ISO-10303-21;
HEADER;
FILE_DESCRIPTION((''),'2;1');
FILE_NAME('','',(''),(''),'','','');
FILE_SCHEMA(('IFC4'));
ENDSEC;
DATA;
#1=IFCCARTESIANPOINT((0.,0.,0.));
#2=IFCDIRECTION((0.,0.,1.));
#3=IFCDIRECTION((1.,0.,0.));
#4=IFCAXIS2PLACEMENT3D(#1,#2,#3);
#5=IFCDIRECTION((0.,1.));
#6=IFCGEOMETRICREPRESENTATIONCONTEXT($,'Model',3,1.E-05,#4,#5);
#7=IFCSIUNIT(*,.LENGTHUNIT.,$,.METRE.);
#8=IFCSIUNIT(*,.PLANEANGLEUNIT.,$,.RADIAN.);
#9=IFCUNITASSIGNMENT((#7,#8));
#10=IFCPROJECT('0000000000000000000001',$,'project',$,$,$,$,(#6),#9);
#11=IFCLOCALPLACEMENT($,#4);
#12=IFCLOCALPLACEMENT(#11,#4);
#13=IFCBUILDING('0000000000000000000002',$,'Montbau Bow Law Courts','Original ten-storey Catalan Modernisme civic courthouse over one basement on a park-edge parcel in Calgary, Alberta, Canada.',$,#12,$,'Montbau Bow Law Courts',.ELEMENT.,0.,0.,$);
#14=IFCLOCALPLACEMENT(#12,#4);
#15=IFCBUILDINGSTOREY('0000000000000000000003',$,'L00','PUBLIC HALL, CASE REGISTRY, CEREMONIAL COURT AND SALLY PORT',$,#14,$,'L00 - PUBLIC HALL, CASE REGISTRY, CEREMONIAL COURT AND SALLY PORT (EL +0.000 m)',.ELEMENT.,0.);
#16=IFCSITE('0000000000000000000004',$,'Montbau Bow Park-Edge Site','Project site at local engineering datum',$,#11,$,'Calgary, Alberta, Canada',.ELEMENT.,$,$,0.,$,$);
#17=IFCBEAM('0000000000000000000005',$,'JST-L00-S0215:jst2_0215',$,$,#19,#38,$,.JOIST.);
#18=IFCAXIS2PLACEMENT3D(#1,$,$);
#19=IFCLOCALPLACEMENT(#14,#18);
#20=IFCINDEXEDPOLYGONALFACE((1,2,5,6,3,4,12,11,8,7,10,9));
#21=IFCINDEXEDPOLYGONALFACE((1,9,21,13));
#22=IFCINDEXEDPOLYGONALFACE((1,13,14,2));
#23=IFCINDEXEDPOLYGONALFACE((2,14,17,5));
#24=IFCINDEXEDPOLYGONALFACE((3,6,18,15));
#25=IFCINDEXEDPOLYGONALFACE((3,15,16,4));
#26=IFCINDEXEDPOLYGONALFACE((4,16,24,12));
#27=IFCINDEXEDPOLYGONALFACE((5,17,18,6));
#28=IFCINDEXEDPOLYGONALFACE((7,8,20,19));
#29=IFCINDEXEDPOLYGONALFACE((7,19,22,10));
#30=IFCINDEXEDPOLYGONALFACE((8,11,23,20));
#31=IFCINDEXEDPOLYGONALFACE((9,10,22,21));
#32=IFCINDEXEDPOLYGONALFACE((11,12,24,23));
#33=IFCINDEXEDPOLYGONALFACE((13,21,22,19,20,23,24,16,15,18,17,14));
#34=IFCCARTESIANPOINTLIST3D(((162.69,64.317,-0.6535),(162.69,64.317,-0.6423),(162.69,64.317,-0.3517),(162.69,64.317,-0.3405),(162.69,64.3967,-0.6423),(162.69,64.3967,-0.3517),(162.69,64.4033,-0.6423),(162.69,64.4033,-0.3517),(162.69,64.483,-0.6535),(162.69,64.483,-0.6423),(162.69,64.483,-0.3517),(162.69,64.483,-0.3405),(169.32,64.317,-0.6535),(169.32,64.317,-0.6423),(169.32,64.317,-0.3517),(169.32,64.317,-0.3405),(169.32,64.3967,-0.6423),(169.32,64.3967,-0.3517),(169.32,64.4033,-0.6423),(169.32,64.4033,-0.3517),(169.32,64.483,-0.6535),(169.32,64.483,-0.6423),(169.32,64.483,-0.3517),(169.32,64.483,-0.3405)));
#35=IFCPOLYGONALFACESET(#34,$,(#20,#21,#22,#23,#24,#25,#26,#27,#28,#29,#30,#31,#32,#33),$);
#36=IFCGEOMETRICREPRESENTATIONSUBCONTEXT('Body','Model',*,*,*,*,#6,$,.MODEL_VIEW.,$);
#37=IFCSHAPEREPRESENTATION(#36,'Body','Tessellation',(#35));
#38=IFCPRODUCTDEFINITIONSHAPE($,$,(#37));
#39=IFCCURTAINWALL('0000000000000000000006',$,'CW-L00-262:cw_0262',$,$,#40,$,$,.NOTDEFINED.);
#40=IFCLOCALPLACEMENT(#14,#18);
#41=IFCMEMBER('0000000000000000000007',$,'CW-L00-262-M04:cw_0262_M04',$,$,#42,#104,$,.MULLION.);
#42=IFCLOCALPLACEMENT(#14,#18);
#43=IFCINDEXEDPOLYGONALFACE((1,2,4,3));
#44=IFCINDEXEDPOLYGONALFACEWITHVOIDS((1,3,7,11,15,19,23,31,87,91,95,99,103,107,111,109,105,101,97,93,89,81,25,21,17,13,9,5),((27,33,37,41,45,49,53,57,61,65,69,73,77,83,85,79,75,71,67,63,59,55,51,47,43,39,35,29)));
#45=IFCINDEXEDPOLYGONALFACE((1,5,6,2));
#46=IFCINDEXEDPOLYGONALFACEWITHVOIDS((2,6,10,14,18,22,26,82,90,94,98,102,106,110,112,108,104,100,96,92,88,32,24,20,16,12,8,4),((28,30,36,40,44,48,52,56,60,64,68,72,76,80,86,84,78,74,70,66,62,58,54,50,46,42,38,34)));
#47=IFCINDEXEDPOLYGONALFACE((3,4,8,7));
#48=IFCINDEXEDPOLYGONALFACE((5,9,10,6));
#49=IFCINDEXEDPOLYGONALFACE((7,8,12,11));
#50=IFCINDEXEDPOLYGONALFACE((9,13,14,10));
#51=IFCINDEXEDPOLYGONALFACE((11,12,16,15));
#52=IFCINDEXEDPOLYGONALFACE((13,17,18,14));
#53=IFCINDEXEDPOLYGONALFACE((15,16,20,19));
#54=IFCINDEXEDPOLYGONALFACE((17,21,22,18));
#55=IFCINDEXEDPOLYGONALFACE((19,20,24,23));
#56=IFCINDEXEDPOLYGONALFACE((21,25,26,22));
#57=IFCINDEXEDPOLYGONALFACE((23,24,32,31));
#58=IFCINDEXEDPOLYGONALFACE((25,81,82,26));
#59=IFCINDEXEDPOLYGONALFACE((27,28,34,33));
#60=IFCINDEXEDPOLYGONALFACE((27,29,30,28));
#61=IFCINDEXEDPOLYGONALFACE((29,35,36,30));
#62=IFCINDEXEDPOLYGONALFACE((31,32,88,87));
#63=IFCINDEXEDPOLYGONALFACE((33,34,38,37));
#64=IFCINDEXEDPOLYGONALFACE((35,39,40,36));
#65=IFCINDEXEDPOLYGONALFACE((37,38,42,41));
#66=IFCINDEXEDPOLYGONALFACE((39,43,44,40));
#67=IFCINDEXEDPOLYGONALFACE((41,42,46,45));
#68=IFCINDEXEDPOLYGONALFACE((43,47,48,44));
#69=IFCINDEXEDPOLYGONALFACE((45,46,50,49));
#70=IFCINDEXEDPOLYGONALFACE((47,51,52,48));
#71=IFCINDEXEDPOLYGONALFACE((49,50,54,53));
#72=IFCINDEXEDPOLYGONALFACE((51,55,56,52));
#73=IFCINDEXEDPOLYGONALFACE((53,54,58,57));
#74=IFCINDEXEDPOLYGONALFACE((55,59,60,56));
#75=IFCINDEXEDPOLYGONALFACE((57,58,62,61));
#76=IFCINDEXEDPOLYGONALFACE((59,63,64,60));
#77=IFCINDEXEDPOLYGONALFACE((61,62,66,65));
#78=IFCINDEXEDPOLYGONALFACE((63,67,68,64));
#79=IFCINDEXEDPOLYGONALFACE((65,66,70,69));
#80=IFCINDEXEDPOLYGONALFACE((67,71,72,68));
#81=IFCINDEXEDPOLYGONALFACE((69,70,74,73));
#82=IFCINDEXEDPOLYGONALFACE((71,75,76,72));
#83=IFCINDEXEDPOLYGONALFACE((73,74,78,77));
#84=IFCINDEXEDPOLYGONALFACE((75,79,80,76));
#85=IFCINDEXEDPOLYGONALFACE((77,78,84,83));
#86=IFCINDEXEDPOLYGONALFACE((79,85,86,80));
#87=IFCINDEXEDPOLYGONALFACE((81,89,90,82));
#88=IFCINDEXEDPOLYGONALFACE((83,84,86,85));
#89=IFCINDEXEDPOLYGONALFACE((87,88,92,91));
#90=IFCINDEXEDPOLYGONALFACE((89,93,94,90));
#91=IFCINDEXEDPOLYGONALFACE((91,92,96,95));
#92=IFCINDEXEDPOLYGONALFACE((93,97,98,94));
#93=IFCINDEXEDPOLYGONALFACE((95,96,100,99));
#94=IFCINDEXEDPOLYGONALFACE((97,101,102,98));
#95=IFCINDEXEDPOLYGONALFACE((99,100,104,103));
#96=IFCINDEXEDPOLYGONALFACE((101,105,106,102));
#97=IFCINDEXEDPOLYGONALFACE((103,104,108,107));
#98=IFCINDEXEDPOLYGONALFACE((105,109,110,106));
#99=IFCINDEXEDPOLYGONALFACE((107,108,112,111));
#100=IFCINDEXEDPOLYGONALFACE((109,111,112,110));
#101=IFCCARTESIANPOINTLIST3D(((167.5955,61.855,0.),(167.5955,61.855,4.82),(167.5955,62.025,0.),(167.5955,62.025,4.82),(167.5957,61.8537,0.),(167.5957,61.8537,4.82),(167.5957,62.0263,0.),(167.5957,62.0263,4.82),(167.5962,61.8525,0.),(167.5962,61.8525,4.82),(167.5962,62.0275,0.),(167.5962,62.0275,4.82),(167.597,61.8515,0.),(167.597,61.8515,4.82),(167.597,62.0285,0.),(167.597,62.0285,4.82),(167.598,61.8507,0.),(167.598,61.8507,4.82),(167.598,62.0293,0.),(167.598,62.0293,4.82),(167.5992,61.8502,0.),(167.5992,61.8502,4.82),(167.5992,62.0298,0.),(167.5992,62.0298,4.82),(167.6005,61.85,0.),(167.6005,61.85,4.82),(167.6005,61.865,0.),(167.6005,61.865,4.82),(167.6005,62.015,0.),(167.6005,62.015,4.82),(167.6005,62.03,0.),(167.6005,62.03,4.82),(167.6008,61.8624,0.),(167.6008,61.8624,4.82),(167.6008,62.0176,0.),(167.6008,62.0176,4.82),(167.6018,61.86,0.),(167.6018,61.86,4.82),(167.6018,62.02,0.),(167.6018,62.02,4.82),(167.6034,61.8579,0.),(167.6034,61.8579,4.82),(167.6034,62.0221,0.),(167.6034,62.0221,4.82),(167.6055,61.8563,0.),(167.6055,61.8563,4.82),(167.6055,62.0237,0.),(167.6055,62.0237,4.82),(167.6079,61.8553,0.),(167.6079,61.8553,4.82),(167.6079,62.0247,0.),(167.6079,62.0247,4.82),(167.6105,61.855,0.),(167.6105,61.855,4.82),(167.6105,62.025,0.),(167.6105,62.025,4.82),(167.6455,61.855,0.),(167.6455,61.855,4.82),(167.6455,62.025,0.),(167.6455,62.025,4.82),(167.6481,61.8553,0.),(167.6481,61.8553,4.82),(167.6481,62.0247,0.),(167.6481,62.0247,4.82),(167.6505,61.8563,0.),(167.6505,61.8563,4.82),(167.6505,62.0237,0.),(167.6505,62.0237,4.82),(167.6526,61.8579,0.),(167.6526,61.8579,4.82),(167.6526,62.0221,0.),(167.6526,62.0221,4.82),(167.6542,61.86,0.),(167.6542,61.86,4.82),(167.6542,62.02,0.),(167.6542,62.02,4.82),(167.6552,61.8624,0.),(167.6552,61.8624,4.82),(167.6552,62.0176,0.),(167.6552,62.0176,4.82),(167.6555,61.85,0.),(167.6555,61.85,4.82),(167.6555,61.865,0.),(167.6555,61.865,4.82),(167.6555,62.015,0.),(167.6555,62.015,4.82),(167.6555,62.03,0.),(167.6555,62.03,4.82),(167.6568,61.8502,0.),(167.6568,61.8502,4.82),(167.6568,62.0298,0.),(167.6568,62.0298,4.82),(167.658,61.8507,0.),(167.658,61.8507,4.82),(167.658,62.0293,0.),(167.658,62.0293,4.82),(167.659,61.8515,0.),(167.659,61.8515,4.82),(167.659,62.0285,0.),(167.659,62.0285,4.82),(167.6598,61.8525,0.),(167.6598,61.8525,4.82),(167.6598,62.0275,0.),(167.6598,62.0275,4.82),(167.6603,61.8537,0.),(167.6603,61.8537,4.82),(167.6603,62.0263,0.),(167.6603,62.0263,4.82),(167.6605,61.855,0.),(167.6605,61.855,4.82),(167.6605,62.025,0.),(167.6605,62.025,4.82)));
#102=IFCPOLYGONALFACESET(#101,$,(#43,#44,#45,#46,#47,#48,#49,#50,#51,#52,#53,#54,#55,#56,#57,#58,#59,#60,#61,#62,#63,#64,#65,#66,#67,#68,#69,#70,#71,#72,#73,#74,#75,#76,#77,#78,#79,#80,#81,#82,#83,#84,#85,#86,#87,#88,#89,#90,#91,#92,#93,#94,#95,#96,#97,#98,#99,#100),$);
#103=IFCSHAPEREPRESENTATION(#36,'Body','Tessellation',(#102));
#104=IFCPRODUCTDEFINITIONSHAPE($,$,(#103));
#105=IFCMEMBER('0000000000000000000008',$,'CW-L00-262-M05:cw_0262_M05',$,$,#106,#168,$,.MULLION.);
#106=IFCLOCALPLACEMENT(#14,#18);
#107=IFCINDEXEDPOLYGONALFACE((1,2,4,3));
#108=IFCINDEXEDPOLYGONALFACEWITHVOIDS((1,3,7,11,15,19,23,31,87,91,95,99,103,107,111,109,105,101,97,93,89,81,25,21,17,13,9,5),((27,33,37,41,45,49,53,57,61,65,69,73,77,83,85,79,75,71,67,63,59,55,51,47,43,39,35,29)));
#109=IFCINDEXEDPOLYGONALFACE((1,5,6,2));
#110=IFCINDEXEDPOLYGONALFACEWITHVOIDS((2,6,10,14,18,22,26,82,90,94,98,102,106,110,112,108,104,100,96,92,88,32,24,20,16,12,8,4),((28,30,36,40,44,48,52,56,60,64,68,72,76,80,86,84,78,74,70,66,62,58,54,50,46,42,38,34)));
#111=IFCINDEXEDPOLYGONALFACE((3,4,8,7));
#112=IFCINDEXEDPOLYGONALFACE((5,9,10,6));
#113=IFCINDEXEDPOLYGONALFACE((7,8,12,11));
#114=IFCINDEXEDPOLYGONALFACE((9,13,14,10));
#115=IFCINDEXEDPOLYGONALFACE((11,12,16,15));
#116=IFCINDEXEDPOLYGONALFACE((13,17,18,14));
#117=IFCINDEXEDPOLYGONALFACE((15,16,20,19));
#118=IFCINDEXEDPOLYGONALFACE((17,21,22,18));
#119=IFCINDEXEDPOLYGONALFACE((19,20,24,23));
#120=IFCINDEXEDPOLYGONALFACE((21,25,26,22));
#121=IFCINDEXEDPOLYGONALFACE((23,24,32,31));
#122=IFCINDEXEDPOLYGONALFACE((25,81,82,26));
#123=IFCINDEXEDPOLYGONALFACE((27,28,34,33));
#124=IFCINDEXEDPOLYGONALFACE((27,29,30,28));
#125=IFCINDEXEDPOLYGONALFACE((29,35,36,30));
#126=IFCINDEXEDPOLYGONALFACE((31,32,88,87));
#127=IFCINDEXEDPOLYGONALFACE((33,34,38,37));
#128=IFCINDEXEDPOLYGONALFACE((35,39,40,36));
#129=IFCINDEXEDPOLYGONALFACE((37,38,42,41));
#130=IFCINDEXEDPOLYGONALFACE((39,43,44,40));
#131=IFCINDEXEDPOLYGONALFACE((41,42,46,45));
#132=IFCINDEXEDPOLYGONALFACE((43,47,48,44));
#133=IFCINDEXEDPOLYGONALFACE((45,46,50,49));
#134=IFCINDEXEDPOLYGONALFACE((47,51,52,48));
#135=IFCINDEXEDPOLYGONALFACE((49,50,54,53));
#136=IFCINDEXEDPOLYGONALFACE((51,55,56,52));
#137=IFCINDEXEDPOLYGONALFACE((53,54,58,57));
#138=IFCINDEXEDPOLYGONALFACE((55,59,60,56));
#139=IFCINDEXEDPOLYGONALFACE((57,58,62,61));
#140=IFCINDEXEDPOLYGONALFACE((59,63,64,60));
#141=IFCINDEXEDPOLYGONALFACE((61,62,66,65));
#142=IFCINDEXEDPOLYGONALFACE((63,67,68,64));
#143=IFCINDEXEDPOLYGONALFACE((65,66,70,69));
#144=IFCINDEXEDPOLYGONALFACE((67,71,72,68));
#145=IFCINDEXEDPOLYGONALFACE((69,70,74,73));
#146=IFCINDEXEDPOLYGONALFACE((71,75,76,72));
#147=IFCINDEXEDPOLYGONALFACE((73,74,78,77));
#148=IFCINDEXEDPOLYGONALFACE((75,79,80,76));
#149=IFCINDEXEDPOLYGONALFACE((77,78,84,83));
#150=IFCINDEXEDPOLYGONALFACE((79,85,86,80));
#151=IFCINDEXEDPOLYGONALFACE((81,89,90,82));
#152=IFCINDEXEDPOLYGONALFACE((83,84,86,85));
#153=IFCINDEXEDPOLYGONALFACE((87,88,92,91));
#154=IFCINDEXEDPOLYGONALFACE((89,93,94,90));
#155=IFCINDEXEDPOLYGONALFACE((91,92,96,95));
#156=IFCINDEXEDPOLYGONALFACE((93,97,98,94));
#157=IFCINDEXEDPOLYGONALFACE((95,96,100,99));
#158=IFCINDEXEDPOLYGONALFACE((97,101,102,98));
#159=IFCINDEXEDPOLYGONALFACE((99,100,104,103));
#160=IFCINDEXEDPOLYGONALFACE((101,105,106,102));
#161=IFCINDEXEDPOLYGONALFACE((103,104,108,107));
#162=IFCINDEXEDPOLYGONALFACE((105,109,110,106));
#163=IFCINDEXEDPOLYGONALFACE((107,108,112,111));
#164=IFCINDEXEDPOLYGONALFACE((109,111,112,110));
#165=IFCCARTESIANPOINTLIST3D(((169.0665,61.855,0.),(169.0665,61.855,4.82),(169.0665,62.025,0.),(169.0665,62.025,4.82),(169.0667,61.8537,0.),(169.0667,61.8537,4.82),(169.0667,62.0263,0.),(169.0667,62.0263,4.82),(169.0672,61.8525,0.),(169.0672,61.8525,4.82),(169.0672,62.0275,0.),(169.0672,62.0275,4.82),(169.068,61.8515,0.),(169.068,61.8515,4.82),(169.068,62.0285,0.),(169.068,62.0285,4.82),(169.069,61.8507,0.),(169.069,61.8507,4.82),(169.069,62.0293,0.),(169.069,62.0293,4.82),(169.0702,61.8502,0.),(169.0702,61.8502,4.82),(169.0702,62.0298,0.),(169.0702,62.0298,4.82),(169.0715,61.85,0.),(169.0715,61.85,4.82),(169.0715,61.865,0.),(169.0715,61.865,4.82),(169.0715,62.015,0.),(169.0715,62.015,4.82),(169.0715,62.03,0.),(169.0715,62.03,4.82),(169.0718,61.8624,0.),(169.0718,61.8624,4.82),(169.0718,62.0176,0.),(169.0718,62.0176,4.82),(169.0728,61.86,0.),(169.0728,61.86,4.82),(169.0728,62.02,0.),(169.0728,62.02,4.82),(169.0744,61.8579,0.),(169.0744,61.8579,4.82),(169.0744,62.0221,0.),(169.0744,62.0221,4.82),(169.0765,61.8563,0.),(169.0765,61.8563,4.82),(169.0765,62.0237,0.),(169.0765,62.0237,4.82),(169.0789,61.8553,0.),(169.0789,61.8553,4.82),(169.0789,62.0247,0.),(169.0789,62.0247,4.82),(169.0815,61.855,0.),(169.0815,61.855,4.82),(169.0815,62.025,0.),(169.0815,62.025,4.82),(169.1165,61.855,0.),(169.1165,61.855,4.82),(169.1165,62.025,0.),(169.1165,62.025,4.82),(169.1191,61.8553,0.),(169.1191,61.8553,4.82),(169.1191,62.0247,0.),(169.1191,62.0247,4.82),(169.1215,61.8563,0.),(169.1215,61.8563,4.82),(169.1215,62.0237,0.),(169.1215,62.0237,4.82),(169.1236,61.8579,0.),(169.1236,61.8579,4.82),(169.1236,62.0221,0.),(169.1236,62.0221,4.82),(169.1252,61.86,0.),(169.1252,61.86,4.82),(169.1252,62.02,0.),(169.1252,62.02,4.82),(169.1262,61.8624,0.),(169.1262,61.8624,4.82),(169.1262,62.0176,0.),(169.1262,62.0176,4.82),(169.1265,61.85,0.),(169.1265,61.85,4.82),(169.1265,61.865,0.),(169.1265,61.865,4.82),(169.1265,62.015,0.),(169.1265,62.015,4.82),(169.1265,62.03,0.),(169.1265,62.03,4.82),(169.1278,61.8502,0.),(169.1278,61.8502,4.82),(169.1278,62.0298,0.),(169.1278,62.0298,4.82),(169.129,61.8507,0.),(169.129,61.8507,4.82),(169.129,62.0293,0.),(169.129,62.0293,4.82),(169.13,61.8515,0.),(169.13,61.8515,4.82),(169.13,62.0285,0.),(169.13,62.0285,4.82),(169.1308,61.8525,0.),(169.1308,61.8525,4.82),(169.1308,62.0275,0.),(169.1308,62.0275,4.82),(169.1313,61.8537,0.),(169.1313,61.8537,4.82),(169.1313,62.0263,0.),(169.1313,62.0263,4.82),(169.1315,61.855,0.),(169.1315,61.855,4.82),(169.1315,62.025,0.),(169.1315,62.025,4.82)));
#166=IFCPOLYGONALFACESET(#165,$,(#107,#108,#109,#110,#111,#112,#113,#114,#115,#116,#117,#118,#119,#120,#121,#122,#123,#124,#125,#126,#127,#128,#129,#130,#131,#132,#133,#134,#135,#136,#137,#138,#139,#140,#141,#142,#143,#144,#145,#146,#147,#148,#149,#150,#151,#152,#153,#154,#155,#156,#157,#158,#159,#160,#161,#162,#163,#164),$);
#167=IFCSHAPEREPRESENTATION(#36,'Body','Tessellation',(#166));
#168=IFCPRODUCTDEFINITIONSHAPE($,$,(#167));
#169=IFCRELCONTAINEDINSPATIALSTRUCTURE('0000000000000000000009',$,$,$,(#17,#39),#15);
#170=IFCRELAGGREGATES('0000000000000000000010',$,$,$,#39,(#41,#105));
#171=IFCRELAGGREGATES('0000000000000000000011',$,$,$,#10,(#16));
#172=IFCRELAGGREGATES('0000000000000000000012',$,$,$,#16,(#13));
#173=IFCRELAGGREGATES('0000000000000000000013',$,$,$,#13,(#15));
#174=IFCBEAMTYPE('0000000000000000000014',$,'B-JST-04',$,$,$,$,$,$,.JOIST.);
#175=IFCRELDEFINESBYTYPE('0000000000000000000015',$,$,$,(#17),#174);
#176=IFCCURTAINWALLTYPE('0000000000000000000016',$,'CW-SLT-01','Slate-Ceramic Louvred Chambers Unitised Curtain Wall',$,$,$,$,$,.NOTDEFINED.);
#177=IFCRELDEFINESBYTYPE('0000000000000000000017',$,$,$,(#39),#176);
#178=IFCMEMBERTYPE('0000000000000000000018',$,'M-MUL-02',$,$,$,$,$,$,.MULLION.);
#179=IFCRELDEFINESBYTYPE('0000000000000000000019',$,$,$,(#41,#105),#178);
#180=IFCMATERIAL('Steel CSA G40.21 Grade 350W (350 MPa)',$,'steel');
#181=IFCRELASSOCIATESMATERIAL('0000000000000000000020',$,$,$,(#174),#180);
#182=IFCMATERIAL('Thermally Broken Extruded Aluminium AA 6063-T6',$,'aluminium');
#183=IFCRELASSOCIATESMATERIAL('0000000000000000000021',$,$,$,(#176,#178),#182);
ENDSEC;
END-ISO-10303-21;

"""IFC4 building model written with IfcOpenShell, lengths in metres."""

from ifc_helpers import new_model, si_unit, direction, frame, origin_with_axes, origin_2d_with_axis, place, context, subcontext, project, spatial, hollow_rectangle, i_section, extrude, material, material_profile, profile_set, type_object, element, aggregate, save


model = new_model("IFC4")

# Units and contexts
model_context = context("Model", 3, precision=1e-05, world=origin_with_axes(), true_north=direction((0.0, 1.0)))
body_context = subcontext(model_context, "Body", "Model", "MODEL_VIEW")
ifc_project = project(units=[si_unit("LENGTHUNIT", "METRE"), si_unit("PLANEANGLEUNIT", "RADIAN")], contexts=[model_context])

# Site, building, storey
site_placement = place(None, origin_with_axes())
site = spatial("IfcSite", under=ifc_project, at=site_placement, Name="Montbau Bow Park-Edge Site", Description="Project site at local engineering datum", LongName="Calgary, Alberta, Canada", CompositionType="ELEMENT", RefElevation=0.0)
building_placement = place(site_placement, origin_with_axes())
building = spatial("IfcBuilding", under=site, at=building_placement, Name="Montbau Bow Law Courts", Description="Original ten-storey Catalan Modernisme civic courthouse over one basement on a park-edge parcel in Calgary, Alberta, Canada.", LongName="Montbau Bow Law Courts", CompositionType="ELEMENT", ElevationOfRefHeight=0.0, ElevationOfTerrain=0.0)
storey_placement = place(building_placement, origin_with_axes())
storey = spatial("IfcBuildingStorey", under=building, at=storey_placement, Name="L00", Description="PUBLIC HALL, CASE REGISTRY, CEREMONIAL COURT AND SALLY PORT", LongName="L00 - PUBLIC HALL, CASE REGISTRY, CEREMONIAL COURT AND SALLY PORT (EL +0.000 m)", CompositionType="ELEMENT", Elevation=0.0)

# Shared definitions
ifc_material_1 = material(Name="Steel CSA G40.21 Grade 350W (350 MPa)", Category="steel")

# Beam
ifc_material_profile_1 = material_profile(ifc_material_1, i_section(OverallWidth=0.166, OverallDepth=0.313, WebThickness=0.0066, FlangeThickness=0.0112, at=origin_2d_with_axis()), Name="W310X45", Category="Main", Priority=0)
ifc_profile_set_1 = profile_set([ifc_material_profile_1], Name="Steel CSA G40.21 Grade 350W (350 MPa)")
beam_type_1 = type_object("IfcBeamType", Name="B-JST-04", PredefinedType="JOIST", material=ifc_profile_set_1)
beam_1_placement = place(None, frame((162.69, 64.4, -0.497), z_axis=(1.0, 0.0, 0.0), x_axis=(0.0, 1.0, 0.0)))
element("IfcBeam", 1, at=beam_1_placement, inside=storey, type_object=beam_type_1, Name="JST-L00-S0215:jst2_0215", PredefinedType="JOIST", context=body_context, shape_type="SweptSolid", body=[
    extrude(i_section(OverallWidth=0.166, OverallDepth=0.313, WebThickness=0.0066, FlangeThickness=0.0112, at=origin_2d_with_axis()), origin_with_axes(), (0.0, 0.0, 1.0), 6.63),
])

# Curtain wall, members
ifc_material_2 = material(Name="Thermally Broken Extruded Aluminium AA 6063-T6", Category="aluminium")
curtain_wall_type = type_object("IfcCurtainWallType", Name="CW-SLT-01", Description="Slate-Ceramic Louvred Chambers Unitised Curtain Wall", PredefinedType="NOTDEFINED", material=ifc_material_2)
curtain_wall_1_placement = place(None, frame((163.115, 61.94, 0.0), z_axis=(0.0, 0.0, 1.0), x_axis=(1.0, 0.0, 0.0)))
curtain_wall_1 = element("IfcCurtainWall", 2, at=curtain_wall_1_placement, inside=storey, type_object=curtain_wall_type, Name="CW-L00-262:cw_0262", PredefinedType="NOTDEFINED")
ifc_material_profile_2 = material_profile(ifc_material_2, hollow_rectangle(XDim=0.065, YDim=0.18, WallThickness=0.005, InnerFilletRadius=0.01, OuterFilletRadius=0.005, at=origin_2d_with_axis()), Name="CWM-180X65", Category="Main", Priority=0)
ifc_profile_set_2 = profile_set([ifc_material_profile_2], Name="Thermally Broken Extruded Aluminium AA 6063-T6")
member_type_1 = type_object("IfcMemberType", Name="M-MUL-02", PredefinedType="MULLION", material=ifc_profile_set_2)
member_1_placement = place(None, frame((167.628, 61.94, 0.0), z_axis=(0.0, 0.0, 1.0), x_axis=(1.0, 0.0, 0.0)))
member_1 = element("IfcMember", 3, at=member_1_placement, type_object=member_type_1, Name="CW-L00-262-M04:cw_0262_M04", PredefinedType="MULLION", context=body_context, shape_type="SweptSolid", body=[
    extrude(hollow_rectangle(XDim=0.065, YDim=0.18, WallThickness=0.005, InnerFilletRadius=0.01, OuterFilletRadius=0.005, at=origin_2d_with_axis()), origin_with_axes(), (0.0, 0.0, 1.0), 4.82),
])
member_2_placement = place(None, frame((169.099, 61.94, 0.0), z_axis=(0.0, 0.0, 1.0), x_axis=(1.0, 0.0, 0.0)))
member_2 = element("IfcMember", 4, at=member_2_placement, type_object=member_type_1, Name="CW-L00-262-M05:cw_0262_M05", PredefinedType="MULLION", context=body_context, shape_type="SweptSolid", body=[
    extrude(hollow_rectangle(XDim=0.065, YDim=0.18, WallThickness=0.005, InnerFilletRadius=0.01, OuterFilletRadius=0.005, at=origin_2d_with_axis()), origin_with_axes(), (0.0, 0.0, 1.0), 4.82),
])

aggregate(curtain_wall_1, [member_1, member_2])

save(model, "model.ifc")
